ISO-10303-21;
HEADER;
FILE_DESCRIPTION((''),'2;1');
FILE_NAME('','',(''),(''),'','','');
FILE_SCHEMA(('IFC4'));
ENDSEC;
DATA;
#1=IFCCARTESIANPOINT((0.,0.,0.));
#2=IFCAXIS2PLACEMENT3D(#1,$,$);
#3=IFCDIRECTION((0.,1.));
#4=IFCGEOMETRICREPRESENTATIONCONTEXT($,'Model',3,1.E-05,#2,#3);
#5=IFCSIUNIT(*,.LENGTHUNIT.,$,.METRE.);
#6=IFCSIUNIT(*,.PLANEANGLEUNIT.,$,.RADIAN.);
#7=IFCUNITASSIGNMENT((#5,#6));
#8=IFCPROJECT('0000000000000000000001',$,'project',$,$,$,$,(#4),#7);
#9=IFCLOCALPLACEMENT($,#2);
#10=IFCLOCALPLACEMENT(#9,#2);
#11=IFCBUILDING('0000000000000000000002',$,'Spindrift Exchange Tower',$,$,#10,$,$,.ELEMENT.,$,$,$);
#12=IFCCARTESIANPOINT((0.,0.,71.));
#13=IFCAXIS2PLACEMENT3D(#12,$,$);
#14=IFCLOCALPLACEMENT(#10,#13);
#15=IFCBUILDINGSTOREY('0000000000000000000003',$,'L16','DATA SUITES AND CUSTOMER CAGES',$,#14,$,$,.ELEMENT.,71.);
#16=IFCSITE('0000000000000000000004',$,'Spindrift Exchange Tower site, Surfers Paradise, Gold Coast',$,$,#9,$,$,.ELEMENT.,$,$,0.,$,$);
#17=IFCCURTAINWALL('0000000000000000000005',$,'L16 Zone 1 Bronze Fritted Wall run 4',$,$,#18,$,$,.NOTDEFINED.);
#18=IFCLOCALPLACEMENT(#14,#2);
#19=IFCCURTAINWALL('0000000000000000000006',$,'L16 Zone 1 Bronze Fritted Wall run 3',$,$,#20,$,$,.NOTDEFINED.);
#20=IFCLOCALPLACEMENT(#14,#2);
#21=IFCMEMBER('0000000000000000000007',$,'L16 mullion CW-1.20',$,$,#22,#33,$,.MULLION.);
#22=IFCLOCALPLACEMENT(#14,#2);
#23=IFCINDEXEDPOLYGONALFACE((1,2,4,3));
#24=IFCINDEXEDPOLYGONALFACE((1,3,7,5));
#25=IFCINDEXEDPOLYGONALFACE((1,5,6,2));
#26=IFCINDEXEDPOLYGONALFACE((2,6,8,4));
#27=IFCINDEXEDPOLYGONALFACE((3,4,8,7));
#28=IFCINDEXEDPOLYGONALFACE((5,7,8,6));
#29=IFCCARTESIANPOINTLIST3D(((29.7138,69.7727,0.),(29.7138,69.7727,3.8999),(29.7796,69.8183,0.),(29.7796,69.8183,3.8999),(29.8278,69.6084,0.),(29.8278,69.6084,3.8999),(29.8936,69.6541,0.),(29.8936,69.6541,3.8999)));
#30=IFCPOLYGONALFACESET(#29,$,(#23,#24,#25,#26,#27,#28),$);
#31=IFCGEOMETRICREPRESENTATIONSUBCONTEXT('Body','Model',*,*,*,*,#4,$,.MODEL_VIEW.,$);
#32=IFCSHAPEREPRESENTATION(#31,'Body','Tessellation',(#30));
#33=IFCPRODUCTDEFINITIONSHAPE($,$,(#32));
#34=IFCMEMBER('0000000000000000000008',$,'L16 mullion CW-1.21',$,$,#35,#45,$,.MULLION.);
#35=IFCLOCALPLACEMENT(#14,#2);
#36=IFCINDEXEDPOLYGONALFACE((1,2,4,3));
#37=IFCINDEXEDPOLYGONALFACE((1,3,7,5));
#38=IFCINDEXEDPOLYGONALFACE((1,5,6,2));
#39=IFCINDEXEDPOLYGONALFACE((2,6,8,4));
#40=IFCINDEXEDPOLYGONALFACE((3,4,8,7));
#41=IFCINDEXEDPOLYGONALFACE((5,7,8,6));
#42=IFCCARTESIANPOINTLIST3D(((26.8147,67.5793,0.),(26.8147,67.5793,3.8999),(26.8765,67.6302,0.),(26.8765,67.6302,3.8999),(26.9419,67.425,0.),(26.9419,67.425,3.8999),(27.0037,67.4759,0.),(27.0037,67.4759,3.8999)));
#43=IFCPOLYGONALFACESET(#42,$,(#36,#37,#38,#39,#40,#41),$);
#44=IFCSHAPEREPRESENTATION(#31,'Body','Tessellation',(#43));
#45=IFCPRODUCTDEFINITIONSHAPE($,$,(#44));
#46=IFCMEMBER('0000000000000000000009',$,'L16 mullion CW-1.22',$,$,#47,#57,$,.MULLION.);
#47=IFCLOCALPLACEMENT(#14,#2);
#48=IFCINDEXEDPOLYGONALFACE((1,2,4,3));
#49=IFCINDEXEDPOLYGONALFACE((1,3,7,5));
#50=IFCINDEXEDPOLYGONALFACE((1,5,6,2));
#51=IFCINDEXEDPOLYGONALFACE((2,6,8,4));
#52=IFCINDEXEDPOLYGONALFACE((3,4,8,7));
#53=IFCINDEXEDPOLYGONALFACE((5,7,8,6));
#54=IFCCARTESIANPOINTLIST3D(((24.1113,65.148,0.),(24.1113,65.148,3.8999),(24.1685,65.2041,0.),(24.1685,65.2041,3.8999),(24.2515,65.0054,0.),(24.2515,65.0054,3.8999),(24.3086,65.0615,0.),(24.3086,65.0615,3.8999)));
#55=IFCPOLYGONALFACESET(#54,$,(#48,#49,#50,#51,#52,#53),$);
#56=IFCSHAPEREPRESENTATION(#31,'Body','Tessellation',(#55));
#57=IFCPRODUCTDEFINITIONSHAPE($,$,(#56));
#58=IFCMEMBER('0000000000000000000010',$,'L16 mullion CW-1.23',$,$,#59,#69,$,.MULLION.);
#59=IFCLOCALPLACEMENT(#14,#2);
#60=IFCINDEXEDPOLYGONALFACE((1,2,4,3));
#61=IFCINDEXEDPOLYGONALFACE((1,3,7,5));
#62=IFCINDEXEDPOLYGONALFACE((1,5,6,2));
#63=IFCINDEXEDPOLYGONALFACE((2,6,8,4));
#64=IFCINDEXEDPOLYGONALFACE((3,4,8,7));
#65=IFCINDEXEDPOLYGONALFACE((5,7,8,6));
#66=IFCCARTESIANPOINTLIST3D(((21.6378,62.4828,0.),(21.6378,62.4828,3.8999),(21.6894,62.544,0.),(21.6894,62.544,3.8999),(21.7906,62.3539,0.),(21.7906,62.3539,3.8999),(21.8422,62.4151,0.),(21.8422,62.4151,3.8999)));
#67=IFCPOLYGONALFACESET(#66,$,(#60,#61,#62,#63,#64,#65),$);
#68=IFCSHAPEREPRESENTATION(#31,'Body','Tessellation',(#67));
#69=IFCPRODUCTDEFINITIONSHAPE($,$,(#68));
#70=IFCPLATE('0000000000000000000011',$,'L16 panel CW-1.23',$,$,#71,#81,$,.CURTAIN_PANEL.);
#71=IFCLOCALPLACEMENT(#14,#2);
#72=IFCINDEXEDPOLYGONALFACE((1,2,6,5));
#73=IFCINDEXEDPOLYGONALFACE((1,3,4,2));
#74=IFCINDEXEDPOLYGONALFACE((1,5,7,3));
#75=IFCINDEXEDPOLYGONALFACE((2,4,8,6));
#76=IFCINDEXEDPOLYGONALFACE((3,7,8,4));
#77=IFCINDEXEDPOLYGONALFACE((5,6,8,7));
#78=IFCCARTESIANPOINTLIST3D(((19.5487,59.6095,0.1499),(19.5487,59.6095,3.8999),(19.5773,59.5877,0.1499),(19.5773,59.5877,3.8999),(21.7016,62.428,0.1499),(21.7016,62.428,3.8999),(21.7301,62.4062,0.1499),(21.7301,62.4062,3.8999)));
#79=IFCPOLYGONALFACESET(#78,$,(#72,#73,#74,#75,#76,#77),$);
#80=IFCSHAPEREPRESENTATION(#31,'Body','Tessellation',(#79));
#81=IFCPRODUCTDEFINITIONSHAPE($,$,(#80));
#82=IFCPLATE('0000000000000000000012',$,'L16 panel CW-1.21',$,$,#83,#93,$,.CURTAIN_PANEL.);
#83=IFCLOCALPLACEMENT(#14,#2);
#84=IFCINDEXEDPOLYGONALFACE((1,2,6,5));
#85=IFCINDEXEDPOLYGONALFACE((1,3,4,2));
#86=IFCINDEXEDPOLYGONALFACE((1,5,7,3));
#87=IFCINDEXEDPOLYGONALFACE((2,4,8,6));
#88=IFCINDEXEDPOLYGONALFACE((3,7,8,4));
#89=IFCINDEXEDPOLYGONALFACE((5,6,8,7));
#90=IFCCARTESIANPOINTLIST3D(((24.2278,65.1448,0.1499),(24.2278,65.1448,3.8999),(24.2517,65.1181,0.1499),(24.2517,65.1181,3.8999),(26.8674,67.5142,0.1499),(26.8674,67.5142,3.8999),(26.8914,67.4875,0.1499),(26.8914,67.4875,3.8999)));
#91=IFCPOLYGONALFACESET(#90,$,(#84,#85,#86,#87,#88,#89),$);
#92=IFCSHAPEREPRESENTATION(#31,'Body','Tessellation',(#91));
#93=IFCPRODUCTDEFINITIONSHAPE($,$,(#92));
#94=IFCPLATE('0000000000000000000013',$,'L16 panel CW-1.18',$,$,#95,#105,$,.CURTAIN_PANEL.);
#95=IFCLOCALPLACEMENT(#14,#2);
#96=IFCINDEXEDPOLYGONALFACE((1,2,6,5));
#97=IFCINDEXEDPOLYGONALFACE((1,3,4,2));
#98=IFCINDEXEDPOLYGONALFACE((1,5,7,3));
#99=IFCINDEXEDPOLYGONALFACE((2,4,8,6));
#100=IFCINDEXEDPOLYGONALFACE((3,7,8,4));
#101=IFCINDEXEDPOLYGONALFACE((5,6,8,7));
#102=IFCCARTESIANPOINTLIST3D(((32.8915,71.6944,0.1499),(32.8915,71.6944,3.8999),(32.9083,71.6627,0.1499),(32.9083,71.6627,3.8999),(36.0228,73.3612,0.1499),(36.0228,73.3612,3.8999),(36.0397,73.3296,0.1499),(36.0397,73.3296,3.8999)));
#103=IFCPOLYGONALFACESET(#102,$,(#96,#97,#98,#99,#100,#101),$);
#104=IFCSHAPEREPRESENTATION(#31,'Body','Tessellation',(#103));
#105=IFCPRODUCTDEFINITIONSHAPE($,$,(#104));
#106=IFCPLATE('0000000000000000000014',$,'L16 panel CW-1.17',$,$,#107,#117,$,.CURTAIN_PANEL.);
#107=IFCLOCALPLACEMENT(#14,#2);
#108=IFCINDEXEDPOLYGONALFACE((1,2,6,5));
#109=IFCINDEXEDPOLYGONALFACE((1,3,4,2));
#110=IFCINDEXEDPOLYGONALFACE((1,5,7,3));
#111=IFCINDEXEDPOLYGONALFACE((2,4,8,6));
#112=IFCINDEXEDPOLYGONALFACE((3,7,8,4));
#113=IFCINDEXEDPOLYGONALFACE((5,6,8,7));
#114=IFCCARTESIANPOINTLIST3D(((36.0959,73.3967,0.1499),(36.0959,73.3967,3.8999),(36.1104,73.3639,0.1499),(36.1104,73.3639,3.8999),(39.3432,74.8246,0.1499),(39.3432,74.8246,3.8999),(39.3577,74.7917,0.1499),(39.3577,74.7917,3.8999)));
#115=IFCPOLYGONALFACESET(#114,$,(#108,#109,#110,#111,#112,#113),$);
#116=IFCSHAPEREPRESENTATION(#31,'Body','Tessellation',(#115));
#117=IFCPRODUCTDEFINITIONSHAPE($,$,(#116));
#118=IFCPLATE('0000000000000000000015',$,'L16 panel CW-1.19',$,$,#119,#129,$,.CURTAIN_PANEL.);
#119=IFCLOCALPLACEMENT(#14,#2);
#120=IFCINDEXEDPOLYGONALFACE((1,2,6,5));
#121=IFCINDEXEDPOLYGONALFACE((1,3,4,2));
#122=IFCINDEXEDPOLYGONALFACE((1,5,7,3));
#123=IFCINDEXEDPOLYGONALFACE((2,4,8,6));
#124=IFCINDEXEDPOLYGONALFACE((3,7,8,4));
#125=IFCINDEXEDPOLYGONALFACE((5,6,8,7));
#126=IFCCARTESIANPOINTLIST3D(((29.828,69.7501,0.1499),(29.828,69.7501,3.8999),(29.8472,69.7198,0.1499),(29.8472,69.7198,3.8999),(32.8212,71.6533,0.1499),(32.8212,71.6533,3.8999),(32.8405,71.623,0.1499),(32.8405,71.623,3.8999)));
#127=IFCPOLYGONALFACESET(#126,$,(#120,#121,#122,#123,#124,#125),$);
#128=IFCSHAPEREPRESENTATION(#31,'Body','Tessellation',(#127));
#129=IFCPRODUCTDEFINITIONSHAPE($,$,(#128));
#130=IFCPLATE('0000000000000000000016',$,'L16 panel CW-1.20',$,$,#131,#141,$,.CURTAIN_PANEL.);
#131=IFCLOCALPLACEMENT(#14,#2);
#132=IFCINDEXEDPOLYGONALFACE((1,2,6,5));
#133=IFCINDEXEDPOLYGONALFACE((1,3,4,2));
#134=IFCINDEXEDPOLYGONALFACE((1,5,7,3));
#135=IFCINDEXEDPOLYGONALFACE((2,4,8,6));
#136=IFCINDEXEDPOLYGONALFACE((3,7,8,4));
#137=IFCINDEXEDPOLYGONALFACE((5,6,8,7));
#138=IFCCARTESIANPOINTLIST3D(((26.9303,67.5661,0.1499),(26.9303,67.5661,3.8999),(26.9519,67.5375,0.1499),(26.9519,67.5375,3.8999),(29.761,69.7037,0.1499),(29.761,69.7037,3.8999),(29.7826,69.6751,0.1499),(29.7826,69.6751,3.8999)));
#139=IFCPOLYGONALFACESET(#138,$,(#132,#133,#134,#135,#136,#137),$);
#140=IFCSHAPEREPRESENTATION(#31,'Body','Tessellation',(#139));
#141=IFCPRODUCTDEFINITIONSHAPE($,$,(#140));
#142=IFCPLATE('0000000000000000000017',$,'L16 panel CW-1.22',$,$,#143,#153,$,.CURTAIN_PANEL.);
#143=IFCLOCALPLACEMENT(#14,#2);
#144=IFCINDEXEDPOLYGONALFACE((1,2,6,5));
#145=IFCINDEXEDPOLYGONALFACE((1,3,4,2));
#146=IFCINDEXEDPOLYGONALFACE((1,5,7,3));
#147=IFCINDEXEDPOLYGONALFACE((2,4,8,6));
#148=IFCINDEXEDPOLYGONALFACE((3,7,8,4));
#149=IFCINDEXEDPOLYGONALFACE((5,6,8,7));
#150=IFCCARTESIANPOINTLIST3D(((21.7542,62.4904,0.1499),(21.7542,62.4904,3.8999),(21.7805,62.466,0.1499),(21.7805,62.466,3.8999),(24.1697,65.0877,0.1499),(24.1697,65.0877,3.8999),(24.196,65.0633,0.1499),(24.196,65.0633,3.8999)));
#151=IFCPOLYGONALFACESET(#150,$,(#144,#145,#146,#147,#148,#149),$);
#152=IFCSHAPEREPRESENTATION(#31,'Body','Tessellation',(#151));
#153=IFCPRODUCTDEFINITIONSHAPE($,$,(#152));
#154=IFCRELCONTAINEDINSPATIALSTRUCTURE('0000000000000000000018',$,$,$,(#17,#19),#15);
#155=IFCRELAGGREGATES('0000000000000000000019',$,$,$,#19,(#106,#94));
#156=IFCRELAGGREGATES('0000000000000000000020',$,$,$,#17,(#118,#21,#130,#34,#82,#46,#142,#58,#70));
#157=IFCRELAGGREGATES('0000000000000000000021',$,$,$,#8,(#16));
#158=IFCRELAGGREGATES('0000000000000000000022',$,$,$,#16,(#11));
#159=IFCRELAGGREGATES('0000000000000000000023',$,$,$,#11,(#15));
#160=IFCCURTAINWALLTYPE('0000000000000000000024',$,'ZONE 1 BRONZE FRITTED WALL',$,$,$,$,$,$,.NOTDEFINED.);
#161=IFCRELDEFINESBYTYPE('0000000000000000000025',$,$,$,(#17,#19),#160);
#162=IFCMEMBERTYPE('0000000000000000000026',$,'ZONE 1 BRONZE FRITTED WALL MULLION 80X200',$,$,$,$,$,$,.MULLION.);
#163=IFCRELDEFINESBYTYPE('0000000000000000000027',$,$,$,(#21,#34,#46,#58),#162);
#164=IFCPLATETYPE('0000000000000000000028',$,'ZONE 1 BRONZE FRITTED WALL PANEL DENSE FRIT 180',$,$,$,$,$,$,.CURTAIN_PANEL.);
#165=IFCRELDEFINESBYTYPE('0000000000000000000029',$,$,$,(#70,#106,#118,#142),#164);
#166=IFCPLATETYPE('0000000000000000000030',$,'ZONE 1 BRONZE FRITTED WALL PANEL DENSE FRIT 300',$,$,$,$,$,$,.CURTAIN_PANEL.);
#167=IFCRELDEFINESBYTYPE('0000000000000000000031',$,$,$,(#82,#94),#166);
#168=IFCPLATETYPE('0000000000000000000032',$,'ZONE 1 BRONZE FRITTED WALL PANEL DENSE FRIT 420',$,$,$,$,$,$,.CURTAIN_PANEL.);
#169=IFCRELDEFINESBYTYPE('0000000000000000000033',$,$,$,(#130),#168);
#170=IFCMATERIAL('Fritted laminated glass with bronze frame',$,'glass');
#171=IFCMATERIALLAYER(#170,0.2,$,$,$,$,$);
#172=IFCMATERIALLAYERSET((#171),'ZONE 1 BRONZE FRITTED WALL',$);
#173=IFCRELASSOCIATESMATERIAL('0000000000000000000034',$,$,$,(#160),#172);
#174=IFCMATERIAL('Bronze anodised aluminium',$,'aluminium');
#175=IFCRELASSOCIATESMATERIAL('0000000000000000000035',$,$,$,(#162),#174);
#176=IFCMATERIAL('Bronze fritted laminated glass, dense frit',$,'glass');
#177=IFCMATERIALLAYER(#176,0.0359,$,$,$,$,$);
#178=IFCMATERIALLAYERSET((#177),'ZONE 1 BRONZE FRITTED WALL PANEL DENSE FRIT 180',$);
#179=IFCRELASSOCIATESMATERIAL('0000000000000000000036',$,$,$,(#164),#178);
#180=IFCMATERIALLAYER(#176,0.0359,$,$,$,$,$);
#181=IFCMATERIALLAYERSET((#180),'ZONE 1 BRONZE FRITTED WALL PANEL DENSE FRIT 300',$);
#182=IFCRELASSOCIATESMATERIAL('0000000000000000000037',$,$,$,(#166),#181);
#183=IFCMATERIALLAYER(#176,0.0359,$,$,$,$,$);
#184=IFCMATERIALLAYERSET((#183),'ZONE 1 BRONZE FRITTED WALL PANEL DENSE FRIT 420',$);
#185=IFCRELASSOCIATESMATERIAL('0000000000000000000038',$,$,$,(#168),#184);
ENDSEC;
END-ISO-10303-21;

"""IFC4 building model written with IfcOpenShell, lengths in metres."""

from ifc_helpers import new_model, si_unit, direction, frame, origin, origin_2d, place, context, subcontext, project, spatial, rectangle, extrude, source, transform, mapped, material, layer, layer_set, material_profile, profile_set, type_object, element, aggregate, save


model = new_model("IFC4")

# Units and contexts
model_context = context("Model", 3, precision=1e-05, world=origin(), true_north=direction((0.0, 1.0)))
body_context = subcontext(model_context, "Body", "Model", "MODEL_VIEW")
ifc_project = project(units=[si_unit("LENGTHUNIT", "METRE"), si_unit("PLANEANGLEUNIT", "RADIAN")], contexts=[model_context])

# Site, building, storey
site_placement = place(None, origin())
site = spatial("IfcSite", under=ifc_project, at=site_placement, Name="Spindrift Exchange Tower site, Surfers Paradise, Gold Coast", CompositionType="ELEMENT", RefElevation=0.0)
building_placement = place(site_placement, origin())
building = spatial("IfcBuilding", under=site, at=building_placement, Name="Spindrift Exchange Tower", CompositionType="ELEMENT")
storey_placement = place(building_placement, frame((0.0, 0.0, 71.0)))
storey = spatial("IfcBuildingStorey", under=building, at=storey_placement, Name="L16", Description="DATA SUITES AND CUSTOMER CAGES", CompositionType="ELEMENT", Elevation=71.0)

# Curtain wall
ifc_material_1 = material(Name="Fritted laminated glass with bronze frame", Category="glass")
ifc_layer_1 = layer(ifc_material_1, 0.2)
ifc_layer_set_1 = layer_set([ifc_layer_1], Name="ZONE 1 BRONZE FRITTED WALL")
curtain_wall_type = type_object("IfcCurtainWallType", Name="ZONE 1 BRONZE FRITTED WALL", PredefinedType="NOTDEFINED", material=ifc_layer_set_1)
curtain_wall_1_placement = place(storey_placement, origin())
curtain_wall_1 = element("IfcCurtainWall", 1, at=curtain_wall_1_placement, inside=storey, type_object=curtain_wall_type, Name="L16 Zone 1 Bronze Fritted Wall run 4", PredefinedType="NOTDEFINED")
ifc_material_2 = material(Name="Bronze anodised aluminium", Category="aluminium")

# Curtain wall
curtain_wall_2_placement = place(storey_placement, origin())
curtain_wall_2 = element("IfcCurtainWall", 2, at=curtain_wall_2_placement, inside=storey, type_object=curtain_wall_type, Name="L16 Zone 1 Bronze Fritted Wall run 3", PredefinedType="NOTDEFINED")

# Members
ifc_material_profile_1 = material_profile(ifc_material_2, rectangle(XDim=0.0801, YDim=0.2, at=origin_2d()), Name="ZONE 1 BRONZE FRITTED WALL MULLION 80X200")
ifc_profile_set_1 = profile_set([ifc_material_profile_1], Name="Bronze anodised aluminium")
member_type_1 = type_object("IfcMemberType", Name="ZONE 1 BRONZE FRITTED WALL MULLION 80X200", PredefinedType="MULLION", material=ifc_profile_set_1)
shared_shape_1 = source(origin(), body_context, "Body", "SweptSolid", [
    extrude(rectangle(XDim=0.0801, YDim=0.2, at=origin_2d()), origin(), (0.0, 0.0, 1.0), 3.8999),
])
member_1_placement = place(storey_placement, frame((29.8037, 69.7134, 0.0), z_axis=(0.0, 0.0, 1.0), x_axis=(-0.821607, -0.570055, 0.0)))
member_1 = element("IfcMember", 3, at=member_1_placement, type_object=member_type_1, Name="L16 mullion CW-1.20", PredefinedType="MULLION", context=body_context, shape_type="MappedRepresentation", body=[
    mapped(shared_shape_1, transform((0.0, 0.0, 0.0), scale=1.0)),
])
member_2_placement = place(storey_placement, frame((26.9092, 67.5276, 0.0), z_axis=(0.0, 0.0, 1.0), x_axis=(-0.771786, -0.635883, 0.0)))
member_2 = element("IfcMember", 4, at=member_2_placement, type_object=member_type_1, Name="L16 mullion CW-1.21", PredefinedType="MULLION", context=body_context, shape_type="MappedRepresentation", body=[
    mapped(shared_shape_1, transform((0.0, 0.0, 0.0), scale=1.0)),
])
member_3_placement = place(storey_placement, frame((24.21, 65.1047, 0.0), z_axis=(0.0, 0.0, 1.0), x_axis=(-0.713316, -0.700842, 0.0)))
member_3 = element("IfcMember", 5, at=member_3_placement, type_object=member_type_1, Name="L16 mullion CW-1.22", PredefinedType="MULLION", context=body_context, shape_type="MappedRepresentation", body=[
    mapped(shared_shape_1, transform((0.0, 0.0, 0.0), scale=1.0)),
])
member_4_placement = place(storey_placement, frame((21.74, 62.449, 0.0), z_axis=(0.0, 0.0, 1.0), x_axis=(-0.644766, -0.76438, 0.0)))
member_4 = element("IfcMember", 6, at=member_4_placement, type_object=member_type_1, Name="L16 mullion CW-1.23", PredefinedType="MULLION", context=body_context, shape_type="MappedRepresentation", body=[
    mapped(shared_shape_1, transform((0.0, 0.0, 0.0), scale=1.0)),
])

# Plates
ifc_material_3 = material(Name="Bronze fritted laminated glass, dense frit", Category="glass")
ifc_layer_2 = layer(ifc_material_3, 0.0359)
ifc_layer_set_2 = layer_set([ifc_layer_2], Name="ZONE 1 BRONZE FRITTED WALL PANEL DENSE FRIT 180")
plate_type_1 = type_object("IfcPlateType", Name="ZONE 1 BRONZE FRITTED WALL PANEL DENSE FRIT 180", PredefinedType="CURTAIN_PANEL", material=ifc_layer_set_2)
shared_shape_2 = source(origin(), body_context, "Body", "SweptSolid", [
    extrude(rectangle(XDim=3.5466, YDim=0.0359, at=origin_2d()), origin(), (0.0, 0.0, 1.0), 3.75),
])
plate_1_placement = place(storey_placement, frame((20.6394, 61.0078, 0.1499), z_axis=(0.0, 0.0, 1.0), x_axis=(-0.607004, -0.794699, 0.0)))
plate_1 = element("IfcPlate", 7, at=plate_1_placement, type_object=plate_type_1, Name="L16 panel CW-1.23", PredefinedType="CURTAIN_PANEL", context=body_context, shape_type="MappedRepresentation", body=[
    mapped(shared_shape_2, transform((0.0, 0.0, 0.0), scale=1.0)),
])
ifc_layer_3 = layer(ifc_material_3, 0.0359)
ifc_layer_set_3 = layer_set([ifc_layer_3], Name="ZONE 1 BRONZE FRITTED WALL PANEL DENSE FRIT 300")
plate_type_2 = type_object("IfcPlateType", Name="ZONE 1 BRONZE FRITTED WALL PANEL DENSE FRIT 300", PredefinedType="CURTAIN_PANEL", material=ifc_layer_set_3)
shared_shape_3 = source(origin(), body_context, "Body", "SweptSolid", [
    extrude(rectangle(XDim=3.5471, YDim=0.0359, at=origin_2d()), origin(), (0.0, 0.0, 1.0), 3.75),
])
plate_2_placement = place(storey_placement, frame((25.5596, 66.3162, 0.1499), z_axis=(0.0, 0.0, 1.0), x_axis=(-0.744169, -0.667991, 0.0)))
plate_2 = element("IfcPlate", 8, at=plate_2_placement, type_object=plate_type_2, Name="L16 panel CW-1.21", PredefinedType="CURTAIN_PANEL", context=body_context, shape_type="MappedRepresentation", body=[
    mapped(shared_shape_3, transform((0.0, 0.0, 0.0), scale=1.0)),
])
shared_shape_4 = source(origin(), body_context, "Body", "SweptSolid", [
    extrude(rectangle(XDim=3.5474, YDim=0.0359, at=origin_2d()), origin(), (0.0, 0.0, 1.0), 3.75),
])
plate_3_placement = place(storey_placement, frame((34.4656, 72.512, 0.1499), z_axis=(0.0, 0.0, 1.0), x_axis=(-0.882723, -0.469894, 0.0)))
plate_3 = element("IfcPlate", 9, at=plate_3_placement, type_object=plate_type_2, Name="L16 panel CW-1.18", PredefinedType="CURTAIN_PANEL", context=body_context, shape_type="MappedRepresentation", body=[
    mapped(shared_shape_4, transform((0.0, 0.0, 0.0), scale=1.0)),
])
shared_shape_5 = source(origin(), body_context, "Body", "SweptSolid", [
    extrude(rectangle(XDim=3.5474, YDim=0.0359, at=origin_2d()), origin(), (0.0, 0.0, 1.0), 3.75),
])
plate_4_placement = place(storey_placement, frame((37.7268, 74.0942, 0.1499), z_axis=(0.0, 0.0, 1.0), x_axis=(-0.915413, -0.402517, 0.0)))
plate_4 = element("IfcPlate", 10, at=plate_4_placement, type_object=plate_type_1, Name="L16 panel CW-1.17", PredefinedType="CURTAIN_PANEL", context=body_context, shape_type="MappedRepresentation", body=[
    mapped(shared_shape_5, transform((0.0, 0.0, 0.0), scale=1.0)),
])
aggregate(curtain_wall_2, [plate_4, plate_3])
shared_shape_6 = source(origin(), body_context, "Body", "SweptSolid", [
    extrude(rectangle(XDim=3.5471, YDim=0.0359, at=origin_2d()), origin(), (0.0, 0.0, 1.0), 3.75),
])
plate_5_placement = place(storey_placement, frame((31.3342, 70.6865, 0.1499), z_axis=(0.0, 0.0, 1.0), x_axis=(-0.843867, -0.536553, 0.0)))
plate_5 = element("IfcPlate", 11, at=plate_5_placement, type_object=plate_type_1, Name="L16 panel CW-1.19", PredefinedType="CURTAIN_PANEL", context=body_context, shape_type="MappedRepresentation", body=[
    mapped(shared_shape_6, transform((0.0, 0.0, 0.0), scale=1.0)),
])
ifc_layer_4 = layer(ifc_material_3, 0.0359)
ifc_layer_set_4 = layer_set([ifc_layer_4], Name="ZONE 1 BRONZE FRITTED WALL PANEL DENSE FRIT 420")
plate_type_3 = type_object("IfcPlateType", Name="ZONE 1 BRONZE FRITTED WALL PANEL DENSE FRIT 420", PredefinedType="CURTAIN_PANEL", material=ifc_layer_set_4)
shared_shape_7 = source(origin(), body_context, "Body", "SweptSolid", [
    extrude(rectangle(XDim=3.5471, YDim=0.0359, at=origin_2d()), origin(), (0.0, 0.0, 1.0), 3.75),
])
plate_6_placement = place(storey_placement, frame((28.3564, 68.6206, 0.1499), z_axis=(0.0, 0.0, 1.0), x_axis=(-0.798017, -0.602634, 0.0)))
plate_6 = element("IfcPlate", 12, at=plate_6_placement, type_object=plate_type_3, Name="L16 panel CW-1.20", PredefinedType="CURTAIN_PANEL", context=body_context, shape_type="MappedRepresentation", body=[
    mapped(shared_shape_7, transform((0.0, 0.0, 0.0), scale=1.0)),
])
shared_shape_8 = source(origin(), body_context, "Body", "SweptSolid", [
    extrude(rectangle(XDim=3.5469, YDim=0.0359, at=origin_2d()), origin(), (0.0, 0.0, 1.0), 3.75),
])
plate_7_placement = place(storey_placement, frame((22.9751, 63.7769, 0.1499), z_axis=(0.0, 0.0, 1.0), x_axis=(-0.681015, -0.73227, 0.0)))
plate_7 = element("IfcPlate", 13, at=plate_7_placement, type_object=plate_type_1, Name="L16 panel CW-1.22", PredefinedType="CURTAIN_PANEL", context=body_context, shape_type="MappedRepresentation", body=[
    mapped(shared_shape_8, transform((0.0, 0.0, 0.0), scale=1.0)),
])
aggregate(curtain_wall_1, [plate_5, member_1, plate_6, member_2, plate_2, member_3, plate_7, member_4, plate_1])

save(model, "model.ifc")
